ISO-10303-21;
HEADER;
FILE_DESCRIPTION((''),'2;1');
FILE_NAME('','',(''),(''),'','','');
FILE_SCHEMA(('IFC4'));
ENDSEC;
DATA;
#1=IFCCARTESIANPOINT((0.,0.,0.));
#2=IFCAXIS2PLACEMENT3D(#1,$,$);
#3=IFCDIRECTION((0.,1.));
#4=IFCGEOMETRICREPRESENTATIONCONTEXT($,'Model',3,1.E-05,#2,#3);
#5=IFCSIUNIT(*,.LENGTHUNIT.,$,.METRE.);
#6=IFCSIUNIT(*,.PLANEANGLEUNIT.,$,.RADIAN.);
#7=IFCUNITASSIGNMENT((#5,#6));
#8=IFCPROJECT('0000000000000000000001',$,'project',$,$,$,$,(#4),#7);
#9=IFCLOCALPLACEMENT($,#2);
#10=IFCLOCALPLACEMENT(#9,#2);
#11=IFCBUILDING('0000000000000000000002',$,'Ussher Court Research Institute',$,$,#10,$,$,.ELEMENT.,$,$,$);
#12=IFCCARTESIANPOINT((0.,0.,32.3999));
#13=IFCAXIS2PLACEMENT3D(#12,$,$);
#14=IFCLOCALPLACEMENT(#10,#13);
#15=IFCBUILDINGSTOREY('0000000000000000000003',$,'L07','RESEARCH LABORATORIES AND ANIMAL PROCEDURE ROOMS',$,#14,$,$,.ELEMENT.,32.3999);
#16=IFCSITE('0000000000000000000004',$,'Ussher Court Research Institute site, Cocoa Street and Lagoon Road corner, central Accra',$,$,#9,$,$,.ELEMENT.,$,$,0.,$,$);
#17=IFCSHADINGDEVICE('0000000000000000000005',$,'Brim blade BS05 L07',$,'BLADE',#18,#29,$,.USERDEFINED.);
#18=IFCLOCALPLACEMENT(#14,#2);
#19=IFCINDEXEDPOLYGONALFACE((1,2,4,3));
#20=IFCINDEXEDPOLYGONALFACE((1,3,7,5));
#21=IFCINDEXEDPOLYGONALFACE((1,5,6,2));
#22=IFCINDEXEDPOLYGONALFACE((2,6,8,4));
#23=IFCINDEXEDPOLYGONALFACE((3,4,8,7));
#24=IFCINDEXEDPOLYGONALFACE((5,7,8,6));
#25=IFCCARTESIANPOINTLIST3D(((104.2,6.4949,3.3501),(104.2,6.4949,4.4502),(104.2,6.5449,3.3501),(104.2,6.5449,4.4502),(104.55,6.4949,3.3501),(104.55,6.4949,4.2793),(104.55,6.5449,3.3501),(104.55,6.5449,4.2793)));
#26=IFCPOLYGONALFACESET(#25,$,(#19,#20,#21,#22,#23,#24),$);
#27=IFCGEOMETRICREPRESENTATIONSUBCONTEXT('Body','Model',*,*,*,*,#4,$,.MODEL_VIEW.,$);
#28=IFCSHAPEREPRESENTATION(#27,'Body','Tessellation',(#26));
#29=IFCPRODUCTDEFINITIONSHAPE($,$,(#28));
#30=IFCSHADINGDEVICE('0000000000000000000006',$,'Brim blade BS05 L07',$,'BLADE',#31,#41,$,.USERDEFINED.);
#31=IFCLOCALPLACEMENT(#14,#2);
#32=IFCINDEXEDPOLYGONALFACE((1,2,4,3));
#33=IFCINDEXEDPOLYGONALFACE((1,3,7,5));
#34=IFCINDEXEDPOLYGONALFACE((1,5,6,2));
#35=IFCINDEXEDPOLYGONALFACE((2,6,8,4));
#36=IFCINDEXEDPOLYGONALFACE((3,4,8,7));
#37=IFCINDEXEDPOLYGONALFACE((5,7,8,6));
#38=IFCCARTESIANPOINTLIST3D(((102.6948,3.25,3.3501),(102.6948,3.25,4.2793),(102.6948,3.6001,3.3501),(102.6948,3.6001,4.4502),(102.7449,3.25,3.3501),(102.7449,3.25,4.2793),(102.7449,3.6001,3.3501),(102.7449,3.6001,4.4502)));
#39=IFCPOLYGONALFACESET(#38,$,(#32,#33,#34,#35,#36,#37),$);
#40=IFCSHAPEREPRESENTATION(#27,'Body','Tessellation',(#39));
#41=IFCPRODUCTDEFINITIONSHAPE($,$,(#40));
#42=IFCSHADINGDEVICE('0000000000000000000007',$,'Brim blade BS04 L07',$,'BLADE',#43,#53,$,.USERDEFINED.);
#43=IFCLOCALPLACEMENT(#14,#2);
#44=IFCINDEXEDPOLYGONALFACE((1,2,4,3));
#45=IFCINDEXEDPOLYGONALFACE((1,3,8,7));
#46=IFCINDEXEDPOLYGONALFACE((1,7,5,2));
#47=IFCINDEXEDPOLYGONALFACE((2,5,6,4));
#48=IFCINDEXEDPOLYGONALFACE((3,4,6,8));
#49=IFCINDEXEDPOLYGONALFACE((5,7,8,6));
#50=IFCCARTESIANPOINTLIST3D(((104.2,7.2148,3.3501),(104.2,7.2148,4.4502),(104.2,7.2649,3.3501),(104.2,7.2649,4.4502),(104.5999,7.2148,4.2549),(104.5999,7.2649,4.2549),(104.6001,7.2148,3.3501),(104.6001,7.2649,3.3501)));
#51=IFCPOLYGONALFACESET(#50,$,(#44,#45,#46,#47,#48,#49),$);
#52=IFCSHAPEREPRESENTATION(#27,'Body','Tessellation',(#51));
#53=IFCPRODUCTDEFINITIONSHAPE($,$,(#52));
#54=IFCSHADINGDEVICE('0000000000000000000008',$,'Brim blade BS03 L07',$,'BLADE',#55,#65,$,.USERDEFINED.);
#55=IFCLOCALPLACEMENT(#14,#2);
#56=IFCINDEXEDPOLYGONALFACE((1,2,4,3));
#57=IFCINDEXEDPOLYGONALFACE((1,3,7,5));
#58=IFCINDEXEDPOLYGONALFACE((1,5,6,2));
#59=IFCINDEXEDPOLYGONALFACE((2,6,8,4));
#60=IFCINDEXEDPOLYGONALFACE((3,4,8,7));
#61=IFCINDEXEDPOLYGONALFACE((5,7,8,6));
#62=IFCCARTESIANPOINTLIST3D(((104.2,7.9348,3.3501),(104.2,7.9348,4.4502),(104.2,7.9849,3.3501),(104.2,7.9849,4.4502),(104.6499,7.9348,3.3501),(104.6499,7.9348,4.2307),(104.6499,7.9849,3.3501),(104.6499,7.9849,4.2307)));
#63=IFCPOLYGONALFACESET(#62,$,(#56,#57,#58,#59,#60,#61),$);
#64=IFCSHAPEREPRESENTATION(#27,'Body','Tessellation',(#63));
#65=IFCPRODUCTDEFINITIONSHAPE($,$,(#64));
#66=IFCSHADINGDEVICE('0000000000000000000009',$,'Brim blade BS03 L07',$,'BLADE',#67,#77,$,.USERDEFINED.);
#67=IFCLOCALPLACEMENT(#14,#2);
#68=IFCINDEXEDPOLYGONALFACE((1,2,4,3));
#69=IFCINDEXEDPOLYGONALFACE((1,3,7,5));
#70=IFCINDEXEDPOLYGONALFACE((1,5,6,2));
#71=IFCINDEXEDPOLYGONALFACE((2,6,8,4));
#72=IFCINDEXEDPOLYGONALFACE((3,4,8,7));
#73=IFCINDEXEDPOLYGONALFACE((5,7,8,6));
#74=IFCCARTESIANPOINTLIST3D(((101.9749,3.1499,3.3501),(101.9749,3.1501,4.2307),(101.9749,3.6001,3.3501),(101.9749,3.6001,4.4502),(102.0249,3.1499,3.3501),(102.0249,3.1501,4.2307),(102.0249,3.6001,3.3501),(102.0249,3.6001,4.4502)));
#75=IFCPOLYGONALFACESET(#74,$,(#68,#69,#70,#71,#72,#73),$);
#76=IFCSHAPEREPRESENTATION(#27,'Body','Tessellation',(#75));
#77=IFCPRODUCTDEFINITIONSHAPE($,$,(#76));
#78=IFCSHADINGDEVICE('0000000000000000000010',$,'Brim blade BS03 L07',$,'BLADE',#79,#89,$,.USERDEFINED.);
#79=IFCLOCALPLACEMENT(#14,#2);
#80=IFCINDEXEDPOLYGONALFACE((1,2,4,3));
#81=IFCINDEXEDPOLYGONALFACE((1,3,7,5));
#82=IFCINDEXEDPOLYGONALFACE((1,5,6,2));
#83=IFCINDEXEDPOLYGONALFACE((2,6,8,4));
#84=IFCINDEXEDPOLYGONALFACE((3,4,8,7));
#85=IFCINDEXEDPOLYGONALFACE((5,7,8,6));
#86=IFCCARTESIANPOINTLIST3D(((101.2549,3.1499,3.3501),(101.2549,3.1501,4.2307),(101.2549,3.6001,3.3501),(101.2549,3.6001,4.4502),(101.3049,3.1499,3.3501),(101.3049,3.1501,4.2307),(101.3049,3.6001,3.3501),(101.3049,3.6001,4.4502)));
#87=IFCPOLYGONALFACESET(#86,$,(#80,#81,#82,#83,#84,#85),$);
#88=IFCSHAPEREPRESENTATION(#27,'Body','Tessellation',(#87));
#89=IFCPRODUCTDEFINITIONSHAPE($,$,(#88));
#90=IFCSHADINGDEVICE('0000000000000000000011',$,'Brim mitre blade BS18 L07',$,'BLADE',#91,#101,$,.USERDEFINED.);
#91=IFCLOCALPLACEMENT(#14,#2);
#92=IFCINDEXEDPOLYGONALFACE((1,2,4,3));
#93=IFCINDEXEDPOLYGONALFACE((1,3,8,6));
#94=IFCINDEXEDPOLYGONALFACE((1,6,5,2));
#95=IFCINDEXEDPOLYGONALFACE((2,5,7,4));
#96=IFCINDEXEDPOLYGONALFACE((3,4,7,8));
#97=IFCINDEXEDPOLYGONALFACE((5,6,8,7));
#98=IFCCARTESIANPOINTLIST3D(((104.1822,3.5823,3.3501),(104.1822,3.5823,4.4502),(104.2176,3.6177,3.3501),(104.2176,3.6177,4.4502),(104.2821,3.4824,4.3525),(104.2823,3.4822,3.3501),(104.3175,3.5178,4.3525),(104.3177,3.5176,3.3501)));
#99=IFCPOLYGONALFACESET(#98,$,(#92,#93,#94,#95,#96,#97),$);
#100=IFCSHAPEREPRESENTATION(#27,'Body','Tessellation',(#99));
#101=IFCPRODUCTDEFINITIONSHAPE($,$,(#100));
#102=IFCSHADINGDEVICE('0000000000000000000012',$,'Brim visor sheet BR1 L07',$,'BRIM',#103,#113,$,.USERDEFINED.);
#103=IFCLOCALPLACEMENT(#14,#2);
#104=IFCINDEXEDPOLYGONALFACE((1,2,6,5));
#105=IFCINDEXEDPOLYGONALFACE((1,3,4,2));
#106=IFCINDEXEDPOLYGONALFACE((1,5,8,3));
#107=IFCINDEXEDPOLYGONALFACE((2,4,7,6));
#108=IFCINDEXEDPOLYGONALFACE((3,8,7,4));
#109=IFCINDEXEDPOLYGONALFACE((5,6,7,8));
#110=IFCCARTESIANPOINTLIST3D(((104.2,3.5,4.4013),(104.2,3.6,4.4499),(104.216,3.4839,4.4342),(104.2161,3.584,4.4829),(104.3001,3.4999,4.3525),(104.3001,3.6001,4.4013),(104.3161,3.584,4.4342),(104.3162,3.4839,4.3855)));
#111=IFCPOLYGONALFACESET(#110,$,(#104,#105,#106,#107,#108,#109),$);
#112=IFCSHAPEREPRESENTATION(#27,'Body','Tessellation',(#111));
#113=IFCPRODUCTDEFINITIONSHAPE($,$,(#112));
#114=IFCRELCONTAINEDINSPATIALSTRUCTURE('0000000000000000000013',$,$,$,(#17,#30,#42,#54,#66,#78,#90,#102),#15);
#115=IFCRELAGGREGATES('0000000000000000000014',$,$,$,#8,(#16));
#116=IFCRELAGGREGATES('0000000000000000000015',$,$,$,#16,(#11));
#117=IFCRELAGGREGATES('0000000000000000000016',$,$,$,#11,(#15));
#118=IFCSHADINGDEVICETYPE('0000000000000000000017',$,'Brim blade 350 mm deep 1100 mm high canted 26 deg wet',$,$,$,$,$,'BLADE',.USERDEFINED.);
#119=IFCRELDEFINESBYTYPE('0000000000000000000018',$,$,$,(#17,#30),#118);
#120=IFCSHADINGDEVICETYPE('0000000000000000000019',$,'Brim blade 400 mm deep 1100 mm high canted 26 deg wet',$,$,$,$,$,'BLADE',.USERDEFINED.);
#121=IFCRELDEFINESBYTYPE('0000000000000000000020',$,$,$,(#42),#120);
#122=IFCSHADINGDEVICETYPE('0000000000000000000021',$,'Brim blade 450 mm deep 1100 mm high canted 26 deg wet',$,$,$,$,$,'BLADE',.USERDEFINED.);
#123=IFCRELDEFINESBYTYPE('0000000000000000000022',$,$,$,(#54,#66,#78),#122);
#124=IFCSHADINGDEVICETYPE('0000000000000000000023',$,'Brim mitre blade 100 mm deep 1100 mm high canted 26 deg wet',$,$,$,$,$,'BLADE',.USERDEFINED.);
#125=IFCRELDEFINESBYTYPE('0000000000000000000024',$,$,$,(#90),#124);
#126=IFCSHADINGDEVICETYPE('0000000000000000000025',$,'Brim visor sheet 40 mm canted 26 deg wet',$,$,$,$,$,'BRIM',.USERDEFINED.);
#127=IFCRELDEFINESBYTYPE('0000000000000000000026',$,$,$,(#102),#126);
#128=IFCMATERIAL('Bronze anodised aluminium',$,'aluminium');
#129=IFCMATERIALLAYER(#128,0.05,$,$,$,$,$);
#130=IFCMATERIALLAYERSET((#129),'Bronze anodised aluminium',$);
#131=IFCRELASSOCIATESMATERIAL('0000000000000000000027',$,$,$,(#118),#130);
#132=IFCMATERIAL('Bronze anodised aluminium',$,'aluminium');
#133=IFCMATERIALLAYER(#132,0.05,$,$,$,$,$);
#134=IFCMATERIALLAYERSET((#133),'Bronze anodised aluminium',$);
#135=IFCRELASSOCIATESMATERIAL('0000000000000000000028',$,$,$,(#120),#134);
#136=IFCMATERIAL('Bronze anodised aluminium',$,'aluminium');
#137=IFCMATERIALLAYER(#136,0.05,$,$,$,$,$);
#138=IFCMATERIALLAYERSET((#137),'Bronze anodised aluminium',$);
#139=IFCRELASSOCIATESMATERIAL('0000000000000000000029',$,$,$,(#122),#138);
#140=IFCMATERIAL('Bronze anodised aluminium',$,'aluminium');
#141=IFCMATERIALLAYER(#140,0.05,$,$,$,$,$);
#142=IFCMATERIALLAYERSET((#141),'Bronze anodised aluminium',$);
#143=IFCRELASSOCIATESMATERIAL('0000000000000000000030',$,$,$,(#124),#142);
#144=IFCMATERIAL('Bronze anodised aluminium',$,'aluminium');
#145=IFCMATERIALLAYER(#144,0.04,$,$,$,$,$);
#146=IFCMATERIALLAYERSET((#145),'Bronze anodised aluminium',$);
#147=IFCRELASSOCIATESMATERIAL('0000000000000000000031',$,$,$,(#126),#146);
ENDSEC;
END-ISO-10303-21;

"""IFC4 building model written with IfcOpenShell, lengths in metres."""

from ifc_helpers import new_model, si_unit, direction, frame, origin, place, context, subcontext, project, spatial, polyline, outline, extrude, material, layer, layer_set, type_object, element, save


model = new_model("IFC4")

# Units and contexts
model_context = context("Model", 3, precision=1e-05, world=origin(), true_north=direction((0.0, 1.0)))
body_context = subcontext(model_context, "Body", "Model", "MODEL_VIEW")
ifc_project = project(units=[si_unit("LENGTHUNIT", "METRE"), si_unit("PLANEANGLEUNIT", "RADIAN")], contexts=[model_context])

# Site, building, storey
site_placement = place(None, origin())
site = spatial("IfcSite", under=ifc_project, at=site_placement, Name="Ussher Court Research Institute site, Cocoa Street and Lagoon Road corner, central Accra", CompositionType="ELEMENT", RefElevation=0.0)
building_placement = place(site_placement, origin())
building = spatial("IfcBuilding", under=site, at=building_placement, Name="Ussher Court Research Institute", CompositionType="ELEMENT")
storey_placement = place(building_placement, frame((0.0, 0.0, 32.3999)))
storey = spatial("IfcBuildingStorey", under=building, at=storey_placement, Name="L07", Description="RESEARCH LABORATORIES AND ANIMAL PROCEDURE ROOMS", CompositionType="ELEMENT", Elevation=32.3999)

# Shading devices
ifc_material_1 = material(Name="Bronze anodised aluminium", Category="aluminium")
ifc_layer_1 = layer(ifc_material_1, 0.05)
ifc_layer_set_1 = layer_set([ifc_layer_1], Name="Bronze anodised aluminium")
shading_device_type_1 = type_object("IfcShadingDeviceType", Name="Brim blade 350 mm deep 1100 mm high canted 26 deg wet", ElementType="BLADE", PredefinedType="USERDEFINED", material=ifc_layer_set_1)
for number, where, z_axis, x_axis, name in (
    (1, (104.2, 6.52, 3.3501), (0.0, 0.0, 1.0), (1.0, 0.0, 0.0), "Brim blade BS05 L07"),
    (2, (102.72, 3.6001, 3.3501), (0.0, 0.0, 1.0), (0.0, -1.0, 0.0), "Brim blade BS05 L07"),
):
    element("IfcShadingDevice", number, at=place(storey_placement, frame(where, z_axis=z_axis, x_axis=x_axis)), inside=storey, type_object=shading_device_type_1, Name=name, ObjectType="BLADE", PredefinedType="USERDEFINED", context=body_context, shape_type="SweptSolid", body=[
        extrude(outline(polyline([(0.0, 0.0), (0.3501, 0.0), (0.3501, 0.9292), (0.0, 1.1001), (0.0, 0.0)])), frame((0.0, 0.0249, 0.0), z_axis=(0.0, -1.0, 0.0), x_axis=(1.0, 0.0, 0.0)), (0.0, 0.0, 1.0), 0.05),
    ])
ifc_material_2 = material(Name="Bronze anodised aluminium", Category="aluminium")
ifc_layer_2 = layer(ifc_material_2, 0.05)
ifc_layer_set_2 = layer_set([ifc_layer_2], Name="Bronze anodised aluminium")
shading_device_type_2 = type_object("IfcShadingDeviceType", Name="Brim blade 400 mm deep 1100 mm high canted 26 deg wet", ElementType="BLADE", PredefinedType="USERDEFINED", material=ifc_layer_set_2)
shading_device_1_placement = place(storey_placement, frame((104.2, 7.24, 3.3501), z_axis=(0.0, 0.0, 1.0), x_axis=(1.0, 0.0, 0.0)))
element("IfcShadingDevice", 3, at=shading_device_1_placement, inside=storey, type_object=shading_device_type_2, Name="Brim blade BS04 L07", ObjectType="BLADE", PredefinedType="USERDEFINED", context=body_context, shape_type="SweptSolid", body=[
    extrude(outline(polyline([(0.0, 0.0), (0.4001, 0.0), (0.3999, 0.9048), (0.0, 1.1001), (0.0, 0.0)])), frame((0.0, 0.0249, 0.0), z_axis=(0.0, -1.0, 0.0), x_axis=(1.0, 0.0, 0.0)), (0.0, 0.0, 1.0), 0.05),
])
ifc_material_3 = material(Name="Bronze anodised aluminium", Category="aluminium")
ifc_layer_3 = layer(ifc_material_3, 0.05)
ifc_layer_set_3 = layer_set([ifc_layer_3], Name="Bronze anodised aluminium")
shading_device_type_3 = type_object("IfcShadingDeviceType", Name="Brim blade 450 mm deep 1100 mm high canted 26 deg wet", ElementType="BLADE", PredefinedType="USERDEFINED", material=ifc_layer_set_3)
shading_device_2_placement = place(storey_placement, frame((104.2, 7.96, 3.3501), z_axis=(0.0, 0.0, 1.0), x_axis=(1.0, 0.0, 0.0)))
element("IfcShadingDevice", 4, at=shading_device_2_placement, inside=storey, type_object=shading_device_type_3, Name="Brim blade BS03 L07", ObjectType="BLADE", PredefinedType="USERDEFINED", context=body_context, shape_type="SweptSolid", body=[
    extrude(outline(polyline([(0.0, 0.0), (0.45, 0.0), (0.45, 0.8806), (0.0, 1.1001), (0.0, 0.0)])), frame((0.0, 0.0249, 0.0), z_axis=(0.0, -1.0, 0.0), x_axis=(1.0, 0.0, 0.0)), (0.0, 0.0, 1.0), 0.05),
])
for number, where, z_axis, x_axis, name in (
    (5, (102.0, 3.6001, 3.3501), (0.0, 0.0, 1.0), (0.0, -1.0, 0.0), "Brim blade BS03 L07"),
    (6, (101.28, 3.6001, 3.3501), (0.0, 0.0, 1.0), (0.0, -1.0, 0.0), "Brim blade BS03 L07"),
):
    element("IfcShadingDevice", number, at=place(storey_placement, frame(where, z_axis=z_axis, x_axis=x_axis)), inside=storey, type_object=shading_device_type_3, Name=name, ObjectType="BLADE", PredefinedType="USERDEFINED", context=body_context, shape_type="SweptSolid", body=[
        extrude(outline(polyline([(0.0, 0.0), (0.4502, 0.0), (0.45, 0.8806), (0.0, 1.1001), (0.0, 0.0)])), frame((0.0, 0.0249, 0.0), z_axis=(0.0, -1.0, 0.0), x_axis=(1.0, 0.0, 0.0)), (0.0, 0.0, 1.0), 0.05),
    ])
ifc_material_4 = material(Name="Bronze anodised aluminium", Category="aluminium")
ifc_layer_4 = layer(ifc_material_4, 0.05)
ifc_layer_set_4 = layer_set([ifc_layer_4], Name="Bronze anodised aluminium")
shading_device_type_4 = type_object("IfcShadingDeviceType", Name="Brim mitre blade 100 mm deep 1100 mm high canted 26 deg wet", ElementType="BLADE", PredefinedType="USERDEFINED", material=ifc_layer_set_4)
shading_device_3_placement = place(storey_placement, frame((104.2, 3.6001, 3.3501), z_axis=(0.0, 0.0, 1.0), x_axis=(0.707107, -0.707107, 0.0)))
element("IfcShadingDevice", 7, at=shading_device_3_placement, inside=storey, type_object=shading_device_type_4, Name="Brim mitre blade BS18 L07", ObjectType="BLADE", PredefinedType="USERDEFINED", context=body_context, shape_type="SweptSolid", body=[
    extrude(outline(polyline([(0.0, 0.0), (0.1416, 0.0), (0.1414, 1.0024), (0.0, 1.1001), (0.0, 0.0)])), frame((0.0, 0.0249, 0.0), z_axis=(0.0, -1.0, 0.0), x_axis=(1.0, 0.0, 0.0)), (0.0, 0.0, 1.0), 0.05),
])
ifc_material_5 = material(Name="Bronze anodised aluminium", Category="aluminium")
ifc_layer_5 = layer(ifc_material_5, 0.04)
ifc_layer_set_5 = layer_set([ifc_layer_5], Name="Bronze anodised aluminium")
shading_device_type_5 = type_object("IfcShadingDeviceType", Name="Brim visor sheet 40 mm canted 26 deg wet", ElementType="BRIM", PredefinedType="USERDEFINED", material=ifc_layer_set_5)
shading_device_4_placement = place(storey_placement, frame((104.2161, 3.584, 4.4829), z_axis=(0.400848, -0.400848, 0.823797), x_axis=(-0.000362, -0.899269, -0.437395)))
element("IfcShadingDevice", 8, at=shading_device_4_placement, inside=storey, type_object=shading_device_type_5, Name="Brim visor sheet BR1 L07", ObjectType="BRIM", PredefinedType="USERDEFINED", context=body_context, shape_type="SweptSolid", body=[
    extrude(outline(polyline([(0.0, 0.0), (0.1113, 0.0), (0.1326, 0.1093), (0.0212, 0.1092), (0.0, 0.0)])), origin(), (0.0, 0.0, -1.0), 0.04),
])

save(model, "model.ifc")
